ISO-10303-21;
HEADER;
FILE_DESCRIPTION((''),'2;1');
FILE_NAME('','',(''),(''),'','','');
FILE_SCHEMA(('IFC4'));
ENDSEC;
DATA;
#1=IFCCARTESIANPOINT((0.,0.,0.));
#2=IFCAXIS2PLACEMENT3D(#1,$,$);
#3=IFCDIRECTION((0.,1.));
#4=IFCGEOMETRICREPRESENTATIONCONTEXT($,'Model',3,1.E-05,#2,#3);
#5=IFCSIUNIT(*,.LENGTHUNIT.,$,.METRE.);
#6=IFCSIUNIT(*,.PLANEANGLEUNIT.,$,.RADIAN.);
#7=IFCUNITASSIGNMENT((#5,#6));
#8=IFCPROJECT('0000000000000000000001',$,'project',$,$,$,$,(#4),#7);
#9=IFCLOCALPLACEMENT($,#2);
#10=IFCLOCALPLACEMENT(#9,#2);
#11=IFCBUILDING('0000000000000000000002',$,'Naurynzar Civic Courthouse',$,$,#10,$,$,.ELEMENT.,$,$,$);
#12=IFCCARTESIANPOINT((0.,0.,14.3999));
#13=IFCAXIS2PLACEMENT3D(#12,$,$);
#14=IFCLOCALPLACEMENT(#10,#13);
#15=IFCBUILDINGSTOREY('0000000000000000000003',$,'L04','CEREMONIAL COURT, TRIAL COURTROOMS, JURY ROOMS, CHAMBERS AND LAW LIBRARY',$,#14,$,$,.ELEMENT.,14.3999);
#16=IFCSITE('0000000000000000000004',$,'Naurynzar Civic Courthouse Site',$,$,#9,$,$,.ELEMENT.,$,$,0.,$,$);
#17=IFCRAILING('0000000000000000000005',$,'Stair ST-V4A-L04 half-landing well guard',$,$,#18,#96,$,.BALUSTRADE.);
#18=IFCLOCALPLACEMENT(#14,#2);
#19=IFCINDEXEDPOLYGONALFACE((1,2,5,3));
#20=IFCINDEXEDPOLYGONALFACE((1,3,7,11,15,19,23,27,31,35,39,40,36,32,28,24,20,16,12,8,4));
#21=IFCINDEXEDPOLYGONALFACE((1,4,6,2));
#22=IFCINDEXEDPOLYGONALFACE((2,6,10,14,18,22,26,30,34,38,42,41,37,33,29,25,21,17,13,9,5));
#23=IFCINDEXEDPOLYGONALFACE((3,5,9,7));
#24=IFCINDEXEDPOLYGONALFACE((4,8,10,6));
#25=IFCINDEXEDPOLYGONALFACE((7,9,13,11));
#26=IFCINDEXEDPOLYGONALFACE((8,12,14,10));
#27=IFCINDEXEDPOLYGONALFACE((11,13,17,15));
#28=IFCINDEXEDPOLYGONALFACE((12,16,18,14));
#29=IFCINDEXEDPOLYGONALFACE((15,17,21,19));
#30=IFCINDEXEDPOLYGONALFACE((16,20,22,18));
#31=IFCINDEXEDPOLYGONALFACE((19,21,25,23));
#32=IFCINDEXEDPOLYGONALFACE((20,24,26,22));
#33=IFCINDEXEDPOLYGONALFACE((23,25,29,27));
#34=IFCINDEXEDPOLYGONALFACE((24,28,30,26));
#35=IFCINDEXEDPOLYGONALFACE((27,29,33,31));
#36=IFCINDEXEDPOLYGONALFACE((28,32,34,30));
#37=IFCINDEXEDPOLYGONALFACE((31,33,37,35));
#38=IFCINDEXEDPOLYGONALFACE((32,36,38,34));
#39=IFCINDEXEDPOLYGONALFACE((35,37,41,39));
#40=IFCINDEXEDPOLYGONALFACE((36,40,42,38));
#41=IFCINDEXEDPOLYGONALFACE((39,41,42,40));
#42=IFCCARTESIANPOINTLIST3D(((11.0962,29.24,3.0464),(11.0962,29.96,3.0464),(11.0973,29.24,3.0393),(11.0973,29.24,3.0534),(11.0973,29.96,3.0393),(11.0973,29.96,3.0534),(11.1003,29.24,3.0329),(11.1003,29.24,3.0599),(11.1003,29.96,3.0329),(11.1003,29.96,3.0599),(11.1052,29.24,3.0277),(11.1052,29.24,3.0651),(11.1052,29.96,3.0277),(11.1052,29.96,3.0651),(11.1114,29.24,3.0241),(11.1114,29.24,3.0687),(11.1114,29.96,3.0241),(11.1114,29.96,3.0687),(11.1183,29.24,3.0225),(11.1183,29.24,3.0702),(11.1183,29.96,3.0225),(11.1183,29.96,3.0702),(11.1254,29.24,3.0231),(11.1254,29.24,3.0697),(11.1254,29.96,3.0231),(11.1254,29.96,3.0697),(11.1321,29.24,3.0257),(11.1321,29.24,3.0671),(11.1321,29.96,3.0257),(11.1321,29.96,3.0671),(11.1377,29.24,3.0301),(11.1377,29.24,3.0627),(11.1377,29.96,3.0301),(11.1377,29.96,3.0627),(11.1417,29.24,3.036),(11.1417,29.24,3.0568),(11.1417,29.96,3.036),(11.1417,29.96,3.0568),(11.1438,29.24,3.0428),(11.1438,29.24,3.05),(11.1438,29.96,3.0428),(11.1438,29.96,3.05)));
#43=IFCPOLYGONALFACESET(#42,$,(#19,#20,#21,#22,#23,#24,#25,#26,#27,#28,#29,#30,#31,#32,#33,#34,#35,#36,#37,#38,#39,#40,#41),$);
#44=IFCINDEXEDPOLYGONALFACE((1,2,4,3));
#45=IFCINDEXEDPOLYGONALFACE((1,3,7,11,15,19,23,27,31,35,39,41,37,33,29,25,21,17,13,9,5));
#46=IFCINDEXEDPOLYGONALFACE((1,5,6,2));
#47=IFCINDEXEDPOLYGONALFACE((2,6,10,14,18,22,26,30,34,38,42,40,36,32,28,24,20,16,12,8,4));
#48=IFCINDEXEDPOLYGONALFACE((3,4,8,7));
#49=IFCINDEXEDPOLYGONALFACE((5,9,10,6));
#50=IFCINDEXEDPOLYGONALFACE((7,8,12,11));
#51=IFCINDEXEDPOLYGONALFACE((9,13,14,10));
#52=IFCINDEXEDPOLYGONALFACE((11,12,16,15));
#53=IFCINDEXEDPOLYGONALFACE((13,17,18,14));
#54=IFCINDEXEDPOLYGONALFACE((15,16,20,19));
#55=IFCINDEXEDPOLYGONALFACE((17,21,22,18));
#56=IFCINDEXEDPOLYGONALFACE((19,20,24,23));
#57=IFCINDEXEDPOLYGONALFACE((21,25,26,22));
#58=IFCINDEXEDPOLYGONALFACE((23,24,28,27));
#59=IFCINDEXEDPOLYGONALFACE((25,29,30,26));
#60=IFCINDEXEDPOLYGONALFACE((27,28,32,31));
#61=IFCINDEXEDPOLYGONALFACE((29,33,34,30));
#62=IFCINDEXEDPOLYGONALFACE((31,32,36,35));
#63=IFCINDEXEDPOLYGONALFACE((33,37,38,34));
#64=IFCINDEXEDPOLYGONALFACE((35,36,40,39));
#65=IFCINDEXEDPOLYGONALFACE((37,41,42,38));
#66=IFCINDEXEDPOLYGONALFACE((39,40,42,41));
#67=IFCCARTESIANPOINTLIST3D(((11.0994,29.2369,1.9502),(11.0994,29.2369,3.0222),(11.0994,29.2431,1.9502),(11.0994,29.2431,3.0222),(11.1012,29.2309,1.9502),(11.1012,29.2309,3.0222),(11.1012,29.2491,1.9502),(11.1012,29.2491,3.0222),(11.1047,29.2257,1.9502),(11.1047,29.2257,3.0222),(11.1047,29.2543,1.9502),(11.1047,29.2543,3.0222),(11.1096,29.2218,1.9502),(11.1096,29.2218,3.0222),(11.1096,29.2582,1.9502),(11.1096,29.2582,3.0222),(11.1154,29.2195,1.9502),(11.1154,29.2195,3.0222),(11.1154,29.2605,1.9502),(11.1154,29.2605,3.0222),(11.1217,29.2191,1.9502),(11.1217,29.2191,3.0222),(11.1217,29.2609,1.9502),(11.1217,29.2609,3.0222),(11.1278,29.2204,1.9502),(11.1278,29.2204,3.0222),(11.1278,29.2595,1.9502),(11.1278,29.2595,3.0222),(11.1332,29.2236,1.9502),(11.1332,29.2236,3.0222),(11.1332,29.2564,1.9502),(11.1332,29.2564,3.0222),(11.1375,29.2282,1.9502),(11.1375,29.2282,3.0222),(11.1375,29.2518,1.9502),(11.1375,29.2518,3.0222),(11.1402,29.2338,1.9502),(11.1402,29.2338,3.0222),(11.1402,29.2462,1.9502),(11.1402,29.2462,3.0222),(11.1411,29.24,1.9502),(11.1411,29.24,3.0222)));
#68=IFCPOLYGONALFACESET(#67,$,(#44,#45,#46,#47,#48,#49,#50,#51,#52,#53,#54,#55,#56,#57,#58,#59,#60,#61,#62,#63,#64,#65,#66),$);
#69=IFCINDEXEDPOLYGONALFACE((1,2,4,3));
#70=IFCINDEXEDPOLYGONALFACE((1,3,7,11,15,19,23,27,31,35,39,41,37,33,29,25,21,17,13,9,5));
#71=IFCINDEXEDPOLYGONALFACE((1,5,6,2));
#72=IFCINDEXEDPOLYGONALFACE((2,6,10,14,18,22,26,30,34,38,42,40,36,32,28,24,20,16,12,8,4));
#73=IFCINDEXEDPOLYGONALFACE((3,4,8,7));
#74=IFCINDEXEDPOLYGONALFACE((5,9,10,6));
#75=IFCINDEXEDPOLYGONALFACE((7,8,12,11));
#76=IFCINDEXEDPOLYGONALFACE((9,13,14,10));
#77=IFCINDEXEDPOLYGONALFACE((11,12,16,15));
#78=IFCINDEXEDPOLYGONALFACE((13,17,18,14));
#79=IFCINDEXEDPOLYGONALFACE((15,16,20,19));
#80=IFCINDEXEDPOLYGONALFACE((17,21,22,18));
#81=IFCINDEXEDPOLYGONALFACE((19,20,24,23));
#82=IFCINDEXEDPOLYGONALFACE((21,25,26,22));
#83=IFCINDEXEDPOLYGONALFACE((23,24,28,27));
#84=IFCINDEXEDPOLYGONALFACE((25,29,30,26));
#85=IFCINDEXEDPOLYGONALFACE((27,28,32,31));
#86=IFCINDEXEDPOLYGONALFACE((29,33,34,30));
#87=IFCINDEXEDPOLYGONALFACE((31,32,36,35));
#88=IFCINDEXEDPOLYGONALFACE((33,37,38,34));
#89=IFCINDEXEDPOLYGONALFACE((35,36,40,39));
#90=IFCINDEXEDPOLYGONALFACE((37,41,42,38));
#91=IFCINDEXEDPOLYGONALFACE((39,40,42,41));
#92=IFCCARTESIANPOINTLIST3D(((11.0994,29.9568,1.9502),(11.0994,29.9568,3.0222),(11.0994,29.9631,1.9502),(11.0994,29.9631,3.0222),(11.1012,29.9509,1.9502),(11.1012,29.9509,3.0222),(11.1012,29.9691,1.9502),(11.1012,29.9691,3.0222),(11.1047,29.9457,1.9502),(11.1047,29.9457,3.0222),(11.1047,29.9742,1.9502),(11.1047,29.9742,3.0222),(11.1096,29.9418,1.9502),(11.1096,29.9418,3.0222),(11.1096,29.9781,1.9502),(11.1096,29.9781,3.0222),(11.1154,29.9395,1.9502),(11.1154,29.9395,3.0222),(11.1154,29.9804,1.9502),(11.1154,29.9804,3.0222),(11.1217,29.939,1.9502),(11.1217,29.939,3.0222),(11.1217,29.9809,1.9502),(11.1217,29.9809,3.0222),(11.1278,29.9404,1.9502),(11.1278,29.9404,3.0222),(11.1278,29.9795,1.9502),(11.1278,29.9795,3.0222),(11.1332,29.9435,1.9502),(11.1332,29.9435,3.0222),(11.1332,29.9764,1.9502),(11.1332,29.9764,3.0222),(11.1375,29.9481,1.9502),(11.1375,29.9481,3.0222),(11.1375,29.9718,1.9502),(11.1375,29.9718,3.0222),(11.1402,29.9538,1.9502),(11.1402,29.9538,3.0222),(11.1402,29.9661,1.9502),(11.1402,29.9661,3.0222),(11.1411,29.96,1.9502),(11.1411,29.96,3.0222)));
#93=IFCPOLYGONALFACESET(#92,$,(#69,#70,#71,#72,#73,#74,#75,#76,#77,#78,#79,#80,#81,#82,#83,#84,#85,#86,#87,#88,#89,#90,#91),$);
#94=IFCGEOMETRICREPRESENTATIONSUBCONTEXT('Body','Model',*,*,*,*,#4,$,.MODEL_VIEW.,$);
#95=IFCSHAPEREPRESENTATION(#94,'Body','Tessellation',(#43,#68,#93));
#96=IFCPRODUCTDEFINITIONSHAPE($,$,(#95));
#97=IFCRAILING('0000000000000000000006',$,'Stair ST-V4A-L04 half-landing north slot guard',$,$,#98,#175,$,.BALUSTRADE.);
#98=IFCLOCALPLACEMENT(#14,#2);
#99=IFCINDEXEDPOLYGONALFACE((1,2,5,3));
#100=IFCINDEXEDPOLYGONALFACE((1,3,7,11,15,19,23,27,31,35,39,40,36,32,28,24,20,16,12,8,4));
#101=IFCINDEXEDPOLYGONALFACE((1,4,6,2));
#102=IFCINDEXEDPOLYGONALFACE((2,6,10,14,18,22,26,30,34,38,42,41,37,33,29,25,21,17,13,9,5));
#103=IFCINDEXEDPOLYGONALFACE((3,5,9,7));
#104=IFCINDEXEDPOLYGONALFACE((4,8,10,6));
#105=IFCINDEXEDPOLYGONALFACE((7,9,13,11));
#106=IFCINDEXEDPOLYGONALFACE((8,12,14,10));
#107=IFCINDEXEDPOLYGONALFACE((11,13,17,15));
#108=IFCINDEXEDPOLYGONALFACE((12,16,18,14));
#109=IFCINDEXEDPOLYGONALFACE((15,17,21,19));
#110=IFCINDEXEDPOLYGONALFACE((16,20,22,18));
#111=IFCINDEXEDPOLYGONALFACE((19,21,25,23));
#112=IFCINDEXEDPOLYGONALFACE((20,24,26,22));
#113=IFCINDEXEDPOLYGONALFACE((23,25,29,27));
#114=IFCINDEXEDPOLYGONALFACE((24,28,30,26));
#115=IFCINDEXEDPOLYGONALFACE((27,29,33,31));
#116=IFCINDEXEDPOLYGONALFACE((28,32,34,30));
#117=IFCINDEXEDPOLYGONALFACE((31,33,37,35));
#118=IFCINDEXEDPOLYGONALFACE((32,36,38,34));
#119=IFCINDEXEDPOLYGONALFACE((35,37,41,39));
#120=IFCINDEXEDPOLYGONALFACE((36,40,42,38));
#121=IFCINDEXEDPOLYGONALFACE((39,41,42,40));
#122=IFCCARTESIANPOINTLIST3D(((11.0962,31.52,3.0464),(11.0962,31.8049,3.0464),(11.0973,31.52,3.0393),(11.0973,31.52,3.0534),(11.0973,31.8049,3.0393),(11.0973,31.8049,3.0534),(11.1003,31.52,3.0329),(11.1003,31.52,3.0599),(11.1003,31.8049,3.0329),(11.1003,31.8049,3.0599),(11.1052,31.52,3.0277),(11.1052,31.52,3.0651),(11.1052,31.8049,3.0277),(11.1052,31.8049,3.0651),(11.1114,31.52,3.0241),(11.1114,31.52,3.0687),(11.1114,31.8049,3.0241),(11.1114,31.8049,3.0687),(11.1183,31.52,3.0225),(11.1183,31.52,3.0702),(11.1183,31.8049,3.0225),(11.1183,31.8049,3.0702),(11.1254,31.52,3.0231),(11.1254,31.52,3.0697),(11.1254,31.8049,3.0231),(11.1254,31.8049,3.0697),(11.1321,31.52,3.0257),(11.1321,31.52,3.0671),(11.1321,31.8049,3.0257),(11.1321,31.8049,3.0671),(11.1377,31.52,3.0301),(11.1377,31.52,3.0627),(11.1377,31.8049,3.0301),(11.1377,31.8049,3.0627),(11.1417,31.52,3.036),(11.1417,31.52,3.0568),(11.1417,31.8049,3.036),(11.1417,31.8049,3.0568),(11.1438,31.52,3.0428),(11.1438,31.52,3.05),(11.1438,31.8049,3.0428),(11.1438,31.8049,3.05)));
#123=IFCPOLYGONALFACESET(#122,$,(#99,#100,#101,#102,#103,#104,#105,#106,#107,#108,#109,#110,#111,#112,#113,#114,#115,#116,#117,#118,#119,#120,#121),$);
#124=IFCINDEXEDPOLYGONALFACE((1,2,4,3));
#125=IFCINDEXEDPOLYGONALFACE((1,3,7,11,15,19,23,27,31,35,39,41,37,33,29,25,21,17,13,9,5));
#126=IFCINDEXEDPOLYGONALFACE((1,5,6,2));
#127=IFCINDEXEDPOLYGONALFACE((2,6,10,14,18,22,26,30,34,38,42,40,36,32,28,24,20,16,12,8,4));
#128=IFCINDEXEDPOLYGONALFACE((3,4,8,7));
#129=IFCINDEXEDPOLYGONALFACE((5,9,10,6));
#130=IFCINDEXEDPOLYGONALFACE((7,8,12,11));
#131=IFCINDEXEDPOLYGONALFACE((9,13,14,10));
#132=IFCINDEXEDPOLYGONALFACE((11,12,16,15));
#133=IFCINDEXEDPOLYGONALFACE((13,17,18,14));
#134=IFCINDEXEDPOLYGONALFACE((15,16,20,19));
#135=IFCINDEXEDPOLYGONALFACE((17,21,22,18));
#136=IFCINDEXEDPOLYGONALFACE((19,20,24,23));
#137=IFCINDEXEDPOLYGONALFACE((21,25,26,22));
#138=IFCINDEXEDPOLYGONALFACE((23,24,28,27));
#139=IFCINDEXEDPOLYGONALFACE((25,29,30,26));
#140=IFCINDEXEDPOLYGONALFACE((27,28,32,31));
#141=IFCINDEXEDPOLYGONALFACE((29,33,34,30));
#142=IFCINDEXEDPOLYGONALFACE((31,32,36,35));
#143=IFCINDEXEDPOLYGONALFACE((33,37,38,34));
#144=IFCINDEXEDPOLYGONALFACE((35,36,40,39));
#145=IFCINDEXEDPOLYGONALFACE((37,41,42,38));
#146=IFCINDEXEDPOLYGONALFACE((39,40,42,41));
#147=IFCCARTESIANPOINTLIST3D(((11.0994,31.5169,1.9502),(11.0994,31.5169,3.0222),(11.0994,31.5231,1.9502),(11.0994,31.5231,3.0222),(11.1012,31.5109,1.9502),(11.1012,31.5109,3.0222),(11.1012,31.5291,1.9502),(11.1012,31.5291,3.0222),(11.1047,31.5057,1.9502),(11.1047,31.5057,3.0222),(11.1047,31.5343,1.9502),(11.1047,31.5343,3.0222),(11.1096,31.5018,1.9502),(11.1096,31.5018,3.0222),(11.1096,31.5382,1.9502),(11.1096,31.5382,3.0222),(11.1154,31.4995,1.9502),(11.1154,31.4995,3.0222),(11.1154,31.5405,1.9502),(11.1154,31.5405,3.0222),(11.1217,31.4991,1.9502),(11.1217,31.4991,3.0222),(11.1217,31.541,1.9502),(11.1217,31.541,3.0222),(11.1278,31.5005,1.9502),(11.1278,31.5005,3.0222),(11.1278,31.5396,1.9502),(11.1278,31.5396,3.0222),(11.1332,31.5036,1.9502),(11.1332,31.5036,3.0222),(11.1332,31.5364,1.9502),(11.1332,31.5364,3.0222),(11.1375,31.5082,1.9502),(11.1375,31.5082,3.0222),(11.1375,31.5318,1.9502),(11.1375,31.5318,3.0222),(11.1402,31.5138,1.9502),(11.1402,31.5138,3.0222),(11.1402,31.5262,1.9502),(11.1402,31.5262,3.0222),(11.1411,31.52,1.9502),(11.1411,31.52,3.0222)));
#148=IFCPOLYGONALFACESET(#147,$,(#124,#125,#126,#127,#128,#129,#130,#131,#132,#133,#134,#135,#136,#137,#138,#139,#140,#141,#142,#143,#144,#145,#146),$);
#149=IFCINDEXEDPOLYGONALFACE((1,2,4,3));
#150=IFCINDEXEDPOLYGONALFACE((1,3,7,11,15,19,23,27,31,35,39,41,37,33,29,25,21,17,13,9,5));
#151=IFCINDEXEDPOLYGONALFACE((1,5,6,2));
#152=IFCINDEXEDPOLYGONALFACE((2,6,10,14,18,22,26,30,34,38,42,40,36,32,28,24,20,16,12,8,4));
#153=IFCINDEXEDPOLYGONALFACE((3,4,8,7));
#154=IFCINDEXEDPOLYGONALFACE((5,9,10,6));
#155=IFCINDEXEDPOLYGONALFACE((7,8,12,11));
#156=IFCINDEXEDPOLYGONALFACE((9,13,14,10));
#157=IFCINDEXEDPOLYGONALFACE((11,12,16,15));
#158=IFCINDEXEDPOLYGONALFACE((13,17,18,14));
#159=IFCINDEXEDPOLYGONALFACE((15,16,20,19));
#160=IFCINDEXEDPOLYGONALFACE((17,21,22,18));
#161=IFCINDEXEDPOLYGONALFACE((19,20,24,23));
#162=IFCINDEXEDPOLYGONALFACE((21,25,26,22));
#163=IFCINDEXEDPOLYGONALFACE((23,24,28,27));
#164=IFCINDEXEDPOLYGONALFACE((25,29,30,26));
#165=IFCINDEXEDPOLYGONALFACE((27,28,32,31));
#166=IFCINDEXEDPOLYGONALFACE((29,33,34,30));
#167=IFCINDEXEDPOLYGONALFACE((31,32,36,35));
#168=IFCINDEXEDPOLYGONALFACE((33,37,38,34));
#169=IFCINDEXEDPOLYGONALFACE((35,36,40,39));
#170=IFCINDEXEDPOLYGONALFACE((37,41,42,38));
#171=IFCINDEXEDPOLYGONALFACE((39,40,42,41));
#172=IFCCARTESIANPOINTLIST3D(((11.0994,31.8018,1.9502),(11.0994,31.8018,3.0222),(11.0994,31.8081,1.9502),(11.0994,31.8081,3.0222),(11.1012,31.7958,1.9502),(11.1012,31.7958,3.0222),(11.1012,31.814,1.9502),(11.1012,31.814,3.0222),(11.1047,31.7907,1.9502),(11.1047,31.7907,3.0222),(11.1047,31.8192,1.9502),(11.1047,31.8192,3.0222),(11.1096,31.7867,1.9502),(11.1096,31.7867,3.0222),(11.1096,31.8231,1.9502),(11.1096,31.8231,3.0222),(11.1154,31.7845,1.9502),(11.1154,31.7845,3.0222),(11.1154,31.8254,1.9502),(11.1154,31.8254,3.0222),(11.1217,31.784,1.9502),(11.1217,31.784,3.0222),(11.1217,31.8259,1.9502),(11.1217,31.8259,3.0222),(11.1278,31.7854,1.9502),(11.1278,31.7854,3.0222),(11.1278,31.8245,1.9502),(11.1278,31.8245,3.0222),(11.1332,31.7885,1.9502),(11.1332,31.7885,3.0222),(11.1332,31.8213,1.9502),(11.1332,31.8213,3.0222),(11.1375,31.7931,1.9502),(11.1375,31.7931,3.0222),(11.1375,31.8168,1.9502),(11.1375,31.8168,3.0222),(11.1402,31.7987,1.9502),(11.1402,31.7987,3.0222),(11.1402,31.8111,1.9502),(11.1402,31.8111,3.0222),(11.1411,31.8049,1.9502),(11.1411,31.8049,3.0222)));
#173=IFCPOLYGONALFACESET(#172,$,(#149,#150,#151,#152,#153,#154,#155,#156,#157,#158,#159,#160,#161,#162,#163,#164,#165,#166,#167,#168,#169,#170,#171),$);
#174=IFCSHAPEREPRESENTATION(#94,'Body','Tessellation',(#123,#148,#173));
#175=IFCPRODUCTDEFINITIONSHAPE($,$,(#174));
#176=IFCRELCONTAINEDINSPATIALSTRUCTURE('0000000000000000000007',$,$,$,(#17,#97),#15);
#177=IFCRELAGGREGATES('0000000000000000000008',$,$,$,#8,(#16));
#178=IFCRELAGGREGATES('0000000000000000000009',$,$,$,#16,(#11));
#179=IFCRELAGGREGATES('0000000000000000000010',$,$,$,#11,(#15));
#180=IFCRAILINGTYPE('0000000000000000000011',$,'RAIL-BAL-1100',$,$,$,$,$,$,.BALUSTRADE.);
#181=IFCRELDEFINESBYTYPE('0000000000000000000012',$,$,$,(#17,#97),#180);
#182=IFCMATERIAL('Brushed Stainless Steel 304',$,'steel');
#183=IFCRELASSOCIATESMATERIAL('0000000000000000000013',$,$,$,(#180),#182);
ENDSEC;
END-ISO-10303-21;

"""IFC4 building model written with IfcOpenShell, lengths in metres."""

from ifc_helpers import new_model, si_unit, direction, frame, origin, origin_2d, place, context, subcontext, project, spatial, circle, extrude, material, type_object, element, save


model = new_model("IFC4")

# Units and contexts
model_context = context("Model", 3, precision=1e-05, world=origin(), true_north=direction((0.0, 1.0)))
body_context = subcontext(model_context, "Body", "Model", "MODEL_VIEW")
ifc_project = project(units=[si_unit("LENGTHUNIT", "METRE"), si_unit("PLANEANGLEUNIT", "RADIAN")], contexts=[model_context])

# Site, building, storey
site_placement = place(None, origin())
site = spatial("IfcSite", under=ifc_project, at=site_placement, Name="Naurynzar Civic Courthouse Site", CompositionType="ELEMENT", RefElevation=0.0)
building_placement = place(site_placement, origin())
building = spatial("IfcBuilding", under=site, at=building_placement, Name="Naurynzar Civic Courthouse", CompositionType="ELEMENT")
storey_placement = place(building_placement, frame((0.0, 0.0, 14.3999)))
storey = spatial("IfcBuildingStorey", under=building, at=storey_placement, Name="L04", Description="CEREMONIAL COURT, TRIAL COURTROOMS, JURY ROOMS, CHAMBERS AND LAW LIBRARY", CompositionType="ELEMENT", Elevation=14.3999)

# Railings
ifc_material_1 = material(Name="Brushed Stainless Steel 304", Category="steel")
railing_type_1 = type_object("IfcRailingType", Name="RAIL-BAL-1100", PredefinedType="BALUSTRADE", material=ifc_material_1)
for number, where, name in (
    (1, (11.1201, 29.24, 1.9502), "Stair ST-V4A-L04 half-landing well guard"),
):
    element("IfcRailing", number, at=place(storey_placement, frame(where)), inside=storey, type_object=railing_type_1, Name=name, PredefinedType="BALUSTRADE", context=body_context, shape_type="SweptSolid", body=[
        extrude(circle(Radius=0.0239, at=origin_2d()), frame((0.0, 0.0, 1.0962), z_axis=(0.0, 1.0, 0.0), x_axis=(-1.0, 0.0, 0.0)), (0.0, 0.0, 1.0), 0.72),
        extrude(circle(Radius=0.021, at=origin_2d()), origin(), (0.0, 0.0, 1.0), 1.072),
        extrude(circle(Radius=0.021, at=origin_2d()), frame((0.0, 0.72, 0.0)), (0.0, 0.0, 1.0), 1.072),
    ])
railing_1_placement = place(storey_placement, frame((11.1201, 31.52, 1.9502)))
element("IfcRailing", 2, at=railing_1_placement, inside=storey, type_object=railing_type_1, Name="Stair ST-V4A-L04 half-landing north slot guard", PredefinedType="BALUSTRADE", context=body_context, shape_type="SweptSolid", body=[
    extrude(circle(Radius=0.0239, at=origin_2d()), frame((0.0, 0.0, 1.0962), z_axis=(0.0, 1.0, 0.0), x_axis=(-1.0, 0.0, 0.0)), (0.0, 0.0, 1.0), 0.2849),
    extrude(circle(Radius=0.021, at=origin_2d()), origin(), (0.0, 0.0, 1.0), 1.072),
    extrude(circle(Radius=0.021, at=origin_2d()), frame((0.0, 0.2849, 0.0)), (0.0, 0.0, 1.0), 1.072),
])

save(model, "model.ifc")
